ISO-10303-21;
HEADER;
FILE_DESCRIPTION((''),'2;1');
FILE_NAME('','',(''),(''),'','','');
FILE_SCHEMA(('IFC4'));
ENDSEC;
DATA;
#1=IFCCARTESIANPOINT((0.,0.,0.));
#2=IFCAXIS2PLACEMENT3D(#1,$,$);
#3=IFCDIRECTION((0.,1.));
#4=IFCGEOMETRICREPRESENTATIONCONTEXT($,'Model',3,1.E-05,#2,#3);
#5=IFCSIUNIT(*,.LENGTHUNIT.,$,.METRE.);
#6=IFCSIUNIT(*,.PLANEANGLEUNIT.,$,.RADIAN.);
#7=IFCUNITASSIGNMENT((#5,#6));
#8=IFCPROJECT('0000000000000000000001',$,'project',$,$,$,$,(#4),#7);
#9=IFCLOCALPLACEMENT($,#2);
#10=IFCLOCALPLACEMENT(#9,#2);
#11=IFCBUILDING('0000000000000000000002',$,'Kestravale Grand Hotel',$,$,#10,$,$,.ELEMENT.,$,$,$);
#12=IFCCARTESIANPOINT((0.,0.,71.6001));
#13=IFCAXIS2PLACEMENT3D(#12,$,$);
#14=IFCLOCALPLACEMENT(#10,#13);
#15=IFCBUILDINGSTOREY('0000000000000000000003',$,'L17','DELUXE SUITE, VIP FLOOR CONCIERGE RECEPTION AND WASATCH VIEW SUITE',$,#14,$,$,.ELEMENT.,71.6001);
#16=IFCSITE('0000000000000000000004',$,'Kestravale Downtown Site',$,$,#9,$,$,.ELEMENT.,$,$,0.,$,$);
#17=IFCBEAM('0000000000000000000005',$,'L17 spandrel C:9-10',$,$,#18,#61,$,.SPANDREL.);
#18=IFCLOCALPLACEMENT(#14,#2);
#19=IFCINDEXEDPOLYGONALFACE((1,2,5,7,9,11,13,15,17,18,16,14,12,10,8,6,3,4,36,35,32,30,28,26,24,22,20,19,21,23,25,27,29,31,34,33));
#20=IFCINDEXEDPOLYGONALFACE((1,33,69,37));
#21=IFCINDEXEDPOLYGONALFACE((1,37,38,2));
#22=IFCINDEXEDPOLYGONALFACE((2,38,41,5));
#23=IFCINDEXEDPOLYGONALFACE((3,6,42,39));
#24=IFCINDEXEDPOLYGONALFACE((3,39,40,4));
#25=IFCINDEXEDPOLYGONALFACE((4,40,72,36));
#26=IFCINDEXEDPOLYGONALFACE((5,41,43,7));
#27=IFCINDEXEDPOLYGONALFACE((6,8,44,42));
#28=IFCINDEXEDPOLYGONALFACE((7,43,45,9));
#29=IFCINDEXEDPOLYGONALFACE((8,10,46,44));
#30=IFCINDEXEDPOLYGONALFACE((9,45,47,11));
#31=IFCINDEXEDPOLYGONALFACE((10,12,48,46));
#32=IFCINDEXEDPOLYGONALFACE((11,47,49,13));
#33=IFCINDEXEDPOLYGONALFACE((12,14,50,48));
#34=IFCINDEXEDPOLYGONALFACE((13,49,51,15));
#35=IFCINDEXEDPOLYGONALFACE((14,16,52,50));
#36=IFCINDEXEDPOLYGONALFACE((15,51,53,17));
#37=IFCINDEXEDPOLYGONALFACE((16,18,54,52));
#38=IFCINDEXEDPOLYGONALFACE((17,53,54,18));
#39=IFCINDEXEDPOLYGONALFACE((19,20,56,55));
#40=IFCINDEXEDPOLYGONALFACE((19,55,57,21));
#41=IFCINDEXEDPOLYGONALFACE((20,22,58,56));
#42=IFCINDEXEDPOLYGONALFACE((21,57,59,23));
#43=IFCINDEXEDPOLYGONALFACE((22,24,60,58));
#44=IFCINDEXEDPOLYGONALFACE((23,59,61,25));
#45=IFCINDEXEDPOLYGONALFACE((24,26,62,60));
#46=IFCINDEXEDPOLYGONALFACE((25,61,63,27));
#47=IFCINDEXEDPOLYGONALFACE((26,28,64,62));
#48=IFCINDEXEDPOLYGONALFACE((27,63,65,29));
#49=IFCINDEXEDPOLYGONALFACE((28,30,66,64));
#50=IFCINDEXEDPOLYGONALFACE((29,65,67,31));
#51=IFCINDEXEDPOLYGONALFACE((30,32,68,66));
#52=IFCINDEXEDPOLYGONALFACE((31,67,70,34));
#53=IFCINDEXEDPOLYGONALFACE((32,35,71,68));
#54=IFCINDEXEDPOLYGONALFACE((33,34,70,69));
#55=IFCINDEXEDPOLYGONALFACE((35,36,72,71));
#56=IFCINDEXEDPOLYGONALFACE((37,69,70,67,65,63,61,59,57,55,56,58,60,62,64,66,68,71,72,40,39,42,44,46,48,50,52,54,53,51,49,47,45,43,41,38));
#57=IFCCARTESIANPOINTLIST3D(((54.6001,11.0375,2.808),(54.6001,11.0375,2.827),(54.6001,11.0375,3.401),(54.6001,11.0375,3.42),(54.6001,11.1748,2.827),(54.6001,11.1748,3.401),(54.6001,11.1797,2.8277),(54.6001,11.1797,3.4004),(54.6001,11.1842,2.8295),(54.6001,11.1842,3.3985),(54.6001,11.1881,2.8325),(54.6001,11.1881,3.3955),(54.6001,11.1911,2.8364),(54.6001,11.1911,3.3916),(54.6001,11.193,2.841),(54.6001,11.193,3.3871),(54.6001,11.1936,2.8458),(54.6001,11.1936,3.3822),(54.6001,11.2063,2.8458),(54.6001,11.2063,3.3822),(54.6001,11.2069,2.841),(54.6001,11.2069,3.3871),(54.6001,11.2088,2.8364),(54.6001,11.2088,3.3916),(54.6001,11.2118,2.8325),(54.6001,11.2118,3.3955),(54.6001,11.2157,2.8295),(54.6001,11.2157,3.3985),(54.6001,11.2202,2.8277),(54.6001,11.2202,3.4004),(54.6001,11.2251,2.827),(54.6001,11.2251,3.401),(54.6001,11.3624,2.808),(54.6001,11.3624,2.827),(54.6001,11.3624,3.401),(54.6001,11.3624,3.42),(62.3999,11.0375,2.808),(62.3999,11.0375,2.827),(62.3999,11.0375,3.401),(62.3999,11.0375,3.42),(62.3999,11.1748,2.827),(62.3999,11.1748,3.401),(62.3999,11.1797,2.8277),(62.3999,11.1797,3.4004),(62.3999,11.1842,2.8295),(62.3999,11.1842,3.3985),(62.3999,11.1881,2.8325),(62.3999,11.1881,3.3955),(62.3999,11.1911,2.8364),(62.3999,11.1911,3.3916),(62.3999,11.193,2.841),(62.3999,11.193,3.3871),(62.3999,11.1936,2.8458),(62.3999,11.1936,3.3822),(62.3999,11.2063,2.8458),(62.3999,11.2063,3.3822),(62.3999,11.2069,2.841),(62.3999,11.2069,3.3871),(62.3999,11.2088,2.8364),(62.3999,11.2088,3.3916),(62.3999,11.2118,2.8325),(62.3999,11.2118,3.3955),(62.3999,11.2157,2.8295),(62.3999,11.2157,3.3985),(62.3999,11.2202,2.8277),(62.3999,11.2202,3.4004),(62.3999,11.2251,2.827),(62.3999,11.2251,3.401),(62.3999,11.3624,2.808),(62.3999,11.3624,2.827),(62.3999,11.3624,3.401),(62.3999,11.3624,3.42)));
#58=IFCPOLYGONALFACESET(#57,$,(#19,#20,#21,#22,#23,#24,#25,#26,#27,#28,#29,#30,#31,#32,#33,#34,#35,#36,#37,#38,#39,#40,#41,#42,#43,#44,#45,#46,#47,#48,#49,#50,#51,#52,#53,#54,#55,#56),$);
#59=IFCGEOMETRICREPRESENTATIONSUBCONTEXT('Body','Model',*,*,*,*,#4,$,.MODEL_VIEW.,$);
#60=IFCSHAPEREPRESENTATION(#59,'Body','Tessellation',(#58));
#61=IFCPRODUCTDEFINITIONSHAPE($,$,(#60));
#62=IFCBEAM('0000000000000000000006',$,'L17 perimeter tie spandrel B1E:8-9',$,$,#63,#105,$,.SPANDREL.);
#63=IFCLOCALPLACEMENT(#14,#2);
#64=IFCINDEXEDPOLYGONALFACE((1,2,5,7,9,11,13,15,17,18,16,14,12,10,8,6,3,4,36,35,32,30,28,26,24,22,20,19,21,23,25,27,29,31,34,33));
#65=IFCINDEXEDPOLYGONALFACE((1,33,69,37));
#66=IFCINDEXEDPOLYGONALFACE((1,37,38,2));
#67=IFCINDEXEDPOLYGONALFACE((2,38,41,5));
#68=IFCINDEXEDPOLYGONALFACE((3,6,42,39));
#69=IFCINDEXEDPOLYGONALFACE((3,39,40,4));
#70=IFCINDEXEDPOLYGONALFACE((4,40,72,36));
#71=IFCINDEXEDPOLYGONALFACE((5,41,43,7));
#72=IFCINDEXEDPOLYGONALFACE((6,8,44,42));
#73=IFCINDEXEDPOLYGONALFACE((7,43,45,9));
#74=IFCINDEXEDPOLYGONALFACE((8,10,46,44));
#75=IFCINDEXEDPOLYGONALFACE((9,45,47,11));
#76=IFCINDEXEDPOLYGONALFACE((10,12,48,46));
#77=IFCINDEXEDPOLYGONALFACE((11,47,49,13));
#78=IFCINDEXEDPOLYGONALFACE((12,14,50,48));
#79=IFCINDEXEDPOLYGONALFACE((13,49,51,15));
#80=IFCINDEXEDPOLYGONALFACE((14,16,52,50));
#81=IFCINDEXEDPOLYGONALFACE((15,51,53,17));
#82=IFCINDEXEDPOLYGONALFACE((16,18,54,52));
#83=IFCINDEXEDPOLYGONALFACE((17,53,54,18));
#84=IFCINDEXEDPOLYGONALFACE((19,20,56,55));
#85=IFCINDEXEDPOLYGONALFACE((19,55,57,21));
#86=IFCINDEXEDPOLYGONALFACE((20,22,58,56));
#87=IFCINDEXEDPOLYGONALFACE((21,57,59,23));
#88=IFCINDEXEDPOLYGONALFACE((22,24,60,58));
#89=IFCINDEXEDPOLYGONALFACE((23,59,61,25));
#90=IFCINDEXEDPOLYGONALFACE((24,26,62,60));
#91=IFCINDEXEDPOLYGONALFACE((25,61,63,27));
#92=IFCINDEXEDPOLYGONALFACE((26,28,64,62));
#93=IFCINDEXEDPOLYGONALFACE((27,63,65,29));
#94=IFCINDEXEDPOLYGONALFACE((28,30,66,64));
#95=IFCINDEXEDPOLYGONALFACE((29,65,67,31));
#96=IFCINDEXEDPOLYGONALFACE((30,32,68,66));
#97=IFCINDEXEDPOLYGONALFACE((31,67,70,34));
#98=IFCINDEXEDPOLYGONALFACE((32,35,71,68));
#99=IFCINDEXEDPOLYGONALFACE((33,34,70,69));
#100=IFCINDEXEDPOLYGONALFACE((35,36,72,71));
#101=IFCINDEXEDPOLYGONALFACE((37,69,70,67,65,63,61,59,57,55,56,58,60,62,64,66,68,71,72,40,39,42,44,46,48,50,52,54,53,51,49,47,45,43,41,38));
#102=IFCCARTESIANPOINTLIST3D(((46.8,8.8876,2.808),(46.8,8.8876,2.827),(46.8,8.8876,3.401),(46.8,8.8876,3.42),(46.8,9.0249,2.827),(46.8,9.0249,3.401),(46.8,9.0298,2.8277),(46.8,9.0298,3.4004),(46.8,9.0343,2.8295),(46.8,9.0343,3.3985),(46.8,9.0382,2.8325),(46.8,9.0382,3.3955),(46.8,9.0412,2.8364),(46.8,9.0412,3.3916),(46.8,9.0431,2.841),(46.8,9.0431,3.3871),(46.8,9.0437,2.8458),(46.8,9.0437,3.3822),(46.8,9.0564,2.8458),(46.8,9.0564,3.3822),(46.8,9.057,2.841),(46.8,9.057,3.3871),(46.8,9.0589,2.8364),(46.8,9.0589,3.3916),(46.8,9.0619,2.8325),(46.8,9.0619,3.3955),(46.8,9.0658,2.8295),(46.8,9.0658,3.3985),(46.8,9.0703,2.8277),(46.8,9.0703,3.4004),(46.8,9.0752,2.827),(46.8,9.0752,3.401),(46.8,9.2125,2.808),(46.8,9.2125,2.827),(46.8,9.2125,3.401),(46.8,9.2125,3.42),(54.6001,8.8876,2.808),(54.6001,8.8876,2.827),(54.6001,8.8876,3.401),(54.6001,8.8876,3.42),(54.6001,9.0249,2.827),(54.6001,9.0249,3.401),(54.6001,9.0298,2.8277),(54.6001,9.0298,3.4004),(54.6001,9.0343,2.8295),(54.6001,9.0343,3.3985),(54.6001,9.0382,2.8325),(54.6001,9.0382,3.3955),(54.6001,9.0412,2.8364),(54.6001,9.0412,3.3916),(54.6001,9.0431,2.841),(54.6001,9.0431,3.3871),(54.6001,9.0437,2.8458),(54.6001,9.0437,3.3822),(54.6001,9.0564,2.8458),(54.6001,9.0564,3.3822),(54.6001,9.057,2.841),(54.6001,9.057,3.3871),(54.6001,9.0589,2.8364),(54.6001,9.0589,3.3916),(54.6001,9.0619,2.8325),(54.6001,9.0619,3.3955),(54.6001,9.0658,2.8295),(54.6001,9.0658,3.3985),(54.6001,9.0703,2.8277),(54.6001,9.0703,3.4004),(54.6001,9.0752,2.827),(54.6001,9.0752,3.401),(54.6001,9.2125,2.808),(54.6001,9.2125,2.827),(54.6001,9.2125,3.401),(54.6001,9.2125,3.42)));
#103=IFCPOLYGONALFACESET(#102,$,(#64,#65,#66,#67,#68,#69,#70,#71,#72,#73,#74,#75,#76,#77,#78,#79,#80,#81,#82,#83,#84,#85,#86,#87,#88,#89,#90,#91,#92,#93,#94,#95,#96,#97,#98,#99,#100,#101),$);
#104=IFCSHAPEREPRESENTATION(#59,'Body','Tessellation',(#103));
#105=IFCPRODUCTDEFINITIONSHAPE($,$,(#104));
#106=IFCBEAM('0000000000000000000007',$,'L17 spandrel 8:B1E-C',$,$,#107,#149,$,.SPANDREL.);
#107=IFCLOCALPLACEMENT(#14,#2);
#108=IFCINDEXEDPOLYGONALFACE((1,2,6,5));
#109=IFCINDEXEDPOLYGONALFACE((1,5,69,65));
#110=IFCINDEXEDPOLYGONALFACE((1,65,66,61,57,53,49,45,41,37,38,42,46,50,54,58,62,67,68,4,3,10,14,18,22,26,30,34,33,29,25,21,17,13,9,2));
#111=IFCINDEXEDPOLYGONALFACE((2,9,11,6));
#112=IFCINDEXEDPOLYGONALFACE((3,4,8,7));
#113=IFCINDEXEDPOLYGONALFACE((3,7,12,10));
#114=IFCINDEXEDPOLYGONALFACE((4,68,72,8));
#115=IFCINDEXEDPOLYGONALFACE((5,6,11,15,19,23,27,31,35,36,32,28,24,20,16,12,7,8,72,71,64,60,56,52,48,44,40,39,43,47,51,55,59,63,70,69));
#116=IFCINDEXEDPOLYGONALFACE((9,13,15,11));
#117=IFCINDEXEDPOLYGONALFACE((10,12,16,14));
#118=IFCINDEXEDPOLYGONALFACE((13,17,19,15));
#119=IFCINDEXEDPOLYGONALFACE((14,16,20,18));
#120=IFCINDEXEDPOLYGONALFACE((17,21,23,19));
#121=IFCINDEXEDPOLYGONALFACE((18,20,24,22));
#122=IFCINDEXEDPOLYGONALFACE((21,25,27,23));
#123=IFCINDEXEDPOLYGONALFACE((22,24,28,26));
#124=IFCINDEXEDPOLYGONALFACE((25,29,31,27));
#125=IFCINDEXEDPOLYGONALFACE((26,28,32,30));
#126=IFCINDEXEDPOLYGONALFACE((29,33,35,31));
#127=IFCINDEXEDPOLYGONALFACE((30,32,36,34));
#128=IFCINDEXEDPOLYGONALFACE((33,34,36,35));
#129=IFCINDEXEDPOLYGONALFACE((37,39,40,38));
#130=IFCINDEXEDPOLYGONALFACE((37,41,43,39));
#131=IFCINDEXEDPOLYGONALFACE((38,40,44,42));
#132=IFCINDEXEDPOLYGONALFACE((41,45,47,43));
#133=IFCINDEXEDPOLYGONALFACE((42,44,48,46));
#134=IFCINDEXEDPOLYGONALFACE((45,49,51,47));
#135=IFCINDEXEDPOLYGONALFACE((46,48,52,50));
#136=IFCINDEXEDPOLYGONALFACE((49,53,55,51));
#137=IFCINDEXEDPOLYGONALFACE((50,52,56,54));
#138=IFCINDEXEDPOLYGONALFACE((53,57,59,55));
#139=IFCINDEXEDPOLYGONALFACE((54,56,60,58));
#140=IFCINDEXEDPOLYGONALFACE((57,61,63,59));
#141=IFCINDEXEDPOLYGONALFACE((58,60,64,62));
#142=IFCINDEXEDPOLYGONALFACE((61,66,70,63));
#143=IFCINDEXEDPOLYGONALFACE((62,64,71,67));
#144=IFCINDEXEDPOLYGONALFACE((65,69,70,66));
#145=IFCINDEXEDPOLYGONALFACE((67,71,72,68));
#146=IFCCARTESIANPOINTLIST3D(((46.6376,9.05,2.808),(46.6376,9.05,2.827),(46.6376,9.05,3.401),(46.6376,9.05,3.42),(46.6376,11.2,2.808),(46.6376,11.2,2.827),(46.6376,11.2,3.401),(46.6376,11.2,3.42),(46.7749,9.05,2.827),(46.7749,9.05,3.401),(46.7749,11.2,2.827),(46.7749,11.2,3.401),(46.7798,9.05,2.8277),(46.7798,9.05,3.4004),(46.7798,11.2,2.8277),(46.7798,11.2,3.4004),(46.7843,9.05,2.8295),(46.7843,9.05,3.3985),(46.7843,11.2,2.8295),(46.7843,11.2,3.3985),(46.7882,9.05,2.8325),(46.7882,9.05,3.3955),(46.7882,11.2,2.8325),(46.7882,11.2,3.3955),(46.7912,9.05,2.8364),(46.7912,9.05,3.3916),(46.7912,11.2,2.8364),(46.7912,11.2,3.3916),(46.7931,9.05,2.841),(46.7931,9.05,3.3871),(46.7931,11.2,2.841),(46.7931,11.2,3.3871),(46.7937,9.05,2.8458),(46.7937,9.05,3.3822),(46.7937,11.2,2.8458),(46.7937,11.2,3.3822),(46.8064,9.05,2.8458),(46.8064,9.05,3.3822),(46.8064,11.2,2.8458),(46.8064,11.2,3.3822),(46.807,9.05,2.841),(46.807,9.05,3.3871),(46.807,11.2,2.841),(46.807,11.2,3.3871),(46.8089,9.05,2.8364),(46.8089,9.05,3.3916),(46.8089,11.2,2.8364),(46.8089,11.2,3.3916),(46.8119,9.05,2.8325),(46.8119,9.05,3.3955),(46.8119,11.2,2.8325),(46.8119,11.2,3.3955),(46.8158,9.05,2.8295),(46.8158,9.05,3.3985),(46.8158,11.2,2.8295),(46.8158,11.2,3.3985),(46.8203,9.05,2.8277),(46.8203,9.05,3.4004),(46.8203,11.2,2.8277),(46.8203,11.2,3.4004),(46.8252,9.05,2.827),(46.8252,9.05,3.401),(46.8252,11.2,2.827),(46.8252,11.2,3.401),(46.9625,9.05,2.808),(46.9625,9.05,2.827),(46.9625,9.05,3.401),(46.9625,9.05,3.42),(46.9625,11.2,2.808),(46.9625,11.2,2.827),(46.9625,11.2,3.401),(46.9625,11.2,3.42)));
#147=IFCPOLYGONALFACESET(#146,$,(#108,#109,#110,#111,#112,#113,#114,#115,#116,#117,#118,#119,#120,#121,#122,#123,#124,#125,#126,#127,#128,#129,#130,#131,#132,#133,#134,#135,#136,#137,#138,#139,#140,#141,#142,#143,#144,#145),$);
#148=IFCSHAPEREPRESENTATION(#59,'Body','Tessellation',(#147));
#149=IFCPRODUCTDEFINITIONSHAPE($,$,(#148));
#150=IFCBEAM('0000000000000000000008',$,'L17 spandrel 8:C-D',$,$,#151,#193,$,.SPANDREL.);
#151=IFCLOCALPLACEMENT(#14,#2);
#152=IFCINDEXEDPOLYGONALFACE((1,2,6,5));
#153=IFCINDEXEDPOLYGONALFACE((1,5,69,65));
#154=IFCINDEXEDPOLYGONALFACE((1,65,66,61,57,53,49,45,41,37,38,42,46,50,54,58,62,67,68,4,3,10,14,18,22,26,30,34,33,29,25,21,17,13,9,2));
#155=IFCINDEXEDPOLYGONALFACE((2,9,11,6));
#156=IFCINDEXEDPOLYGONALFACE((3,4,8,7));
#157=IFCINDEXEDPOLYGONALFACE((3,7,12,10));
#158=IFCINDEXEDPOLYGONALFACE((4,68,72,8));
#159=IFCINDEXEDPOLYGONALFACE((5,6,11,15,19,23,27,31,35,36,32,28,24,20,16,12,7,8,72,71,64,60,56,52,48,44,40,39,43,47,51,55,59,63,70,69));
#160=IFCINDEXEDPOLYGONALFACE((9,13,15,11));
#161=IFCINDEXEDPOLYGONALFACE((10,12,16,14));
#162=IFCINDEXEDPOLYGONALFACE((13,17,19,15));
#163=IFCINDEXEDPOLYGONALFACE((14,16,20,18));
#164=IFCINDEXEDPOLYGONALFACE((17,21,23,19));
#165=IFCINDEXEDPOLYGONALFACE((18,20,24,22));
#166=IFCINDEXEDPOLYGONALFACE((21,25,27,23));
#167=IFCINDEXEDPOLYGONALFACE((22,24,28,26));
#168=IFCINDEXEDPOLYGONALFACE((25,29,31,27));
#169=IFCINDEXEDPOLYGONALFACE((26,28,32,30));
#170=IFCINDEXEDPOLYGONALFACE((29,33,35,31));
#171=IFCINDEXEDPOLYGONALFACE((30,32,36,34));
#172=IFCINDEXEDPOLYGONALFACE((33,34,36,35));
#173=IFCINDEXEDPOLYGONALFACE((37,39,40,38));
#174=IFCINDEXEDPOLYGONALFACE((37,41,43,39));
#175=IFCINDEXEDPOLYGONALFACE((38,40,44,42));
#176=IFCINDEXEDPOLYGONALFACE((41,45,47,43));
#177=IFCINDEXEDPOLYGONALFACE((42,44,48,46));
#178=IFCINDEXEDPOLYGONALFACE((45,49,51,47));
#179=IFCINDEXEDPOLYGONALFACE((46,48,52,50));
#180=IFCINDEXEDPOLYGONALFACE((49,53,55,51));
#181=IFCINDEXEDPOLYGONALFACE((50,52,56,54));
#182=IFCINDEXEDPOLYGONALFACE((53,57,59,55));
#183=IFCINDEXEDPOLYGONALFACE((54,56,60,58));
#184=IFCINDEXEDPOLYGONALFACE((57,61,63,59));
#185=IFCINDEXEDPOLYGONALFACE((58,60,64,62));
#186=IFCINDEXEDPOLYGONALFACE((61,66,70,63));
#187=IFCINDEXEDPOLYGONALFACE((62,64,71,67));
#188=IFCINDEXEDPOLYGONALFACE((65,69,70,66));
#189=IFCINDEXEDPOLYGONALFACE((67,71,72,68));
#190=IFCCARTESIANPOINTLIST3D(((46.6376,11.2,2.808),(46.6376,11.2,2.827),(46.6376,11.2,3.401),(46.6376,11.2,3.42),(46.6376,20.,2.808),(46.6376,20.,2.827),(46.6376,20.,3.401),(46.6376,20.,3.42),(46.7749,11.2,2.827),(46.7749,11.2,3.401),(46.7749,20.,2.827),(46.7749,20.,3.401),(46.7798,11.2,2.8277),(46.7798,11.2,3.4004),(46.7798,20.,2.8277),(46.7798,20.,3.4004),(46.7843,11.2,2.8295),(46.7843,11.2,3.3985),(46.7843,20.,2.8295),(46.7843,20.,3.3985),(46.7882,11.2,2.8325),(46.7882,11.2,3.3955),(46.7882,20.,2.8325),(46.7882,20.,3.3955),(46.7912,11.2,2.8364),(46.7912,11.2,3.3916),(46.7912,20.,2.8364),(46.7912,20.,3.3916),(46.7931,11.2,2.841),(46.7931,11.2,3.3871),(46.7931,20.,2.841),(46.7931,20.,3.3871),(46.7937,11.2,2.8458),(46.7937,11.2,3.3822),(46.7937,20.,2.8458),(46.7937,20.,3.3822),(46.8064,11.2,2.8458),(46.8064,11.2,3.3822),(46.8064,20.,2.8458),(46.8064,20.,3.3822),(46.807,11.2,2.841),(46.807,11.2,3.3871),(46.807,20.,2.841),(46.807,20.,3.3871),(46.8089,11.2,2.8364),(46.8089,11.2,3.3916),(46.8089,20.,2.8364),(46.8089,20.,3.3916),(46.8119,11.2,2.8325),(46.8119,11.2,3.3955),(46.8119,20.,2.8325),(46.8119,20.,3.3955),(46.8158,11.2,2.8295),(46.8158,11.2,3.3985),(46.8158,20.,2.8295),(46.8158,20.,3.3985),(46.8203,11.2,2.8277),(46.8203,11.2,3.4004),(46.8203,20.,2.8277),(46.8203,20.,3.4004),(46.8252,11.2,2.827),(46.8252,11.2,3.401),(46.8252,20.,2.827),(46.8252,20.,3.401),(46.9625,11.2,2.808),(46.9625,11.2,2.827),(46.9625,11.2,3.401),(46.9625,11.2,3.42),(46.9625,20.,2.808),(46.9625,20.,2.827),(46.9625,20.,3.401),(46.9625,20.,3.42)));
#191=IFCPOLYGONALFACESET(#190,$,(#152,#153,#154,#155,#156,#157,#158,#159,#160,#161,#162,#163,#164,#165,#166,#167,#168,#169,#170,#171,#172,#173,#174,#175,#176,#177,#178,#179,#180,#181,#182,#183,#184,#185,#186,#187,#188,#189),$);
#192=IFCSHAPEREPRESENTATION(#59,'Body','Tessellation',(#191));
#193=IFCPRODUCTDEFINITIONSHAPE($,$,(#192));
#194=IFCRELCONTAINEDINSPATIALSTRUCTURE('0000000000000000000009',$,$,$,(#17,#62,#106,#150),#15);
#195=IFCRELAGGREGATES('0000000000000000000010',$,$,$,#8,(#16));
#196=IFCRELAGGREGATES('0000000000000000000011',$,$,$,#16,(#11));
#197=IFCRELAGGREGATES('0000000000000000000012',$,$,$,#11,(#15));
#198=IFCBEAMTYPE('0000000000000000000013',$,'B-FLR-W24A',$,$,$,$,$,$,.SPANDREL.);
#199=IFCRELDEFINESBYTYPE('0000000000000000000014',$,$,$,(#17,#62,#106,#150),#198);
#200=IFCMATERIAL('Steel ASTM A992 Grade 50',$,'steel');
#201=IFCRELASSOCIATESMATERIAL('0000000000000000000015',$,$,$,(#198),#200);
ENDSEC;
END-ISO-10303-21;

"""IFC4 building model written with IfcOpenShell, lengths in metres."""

from ifc_helpers import new_model, si_unit, direction, frame, origin, origin_2d, place, context, subcontext, project, spatial, i_section, extrude, material, material_profile, profile_set, type_object, element, save


model = new_model("IFC4")

# Units and contexts
model_context = context("Model", 3, precision=1e-05, world=origin(), true_north=direction((0.0, 1.0)))
body_context = subcontext(model_context, "Body", "Model", "MODEL_VIEW")
ifc_project = project(units=[si_unit("LENGTHUNIT", "METRE"), si_unit("PLANEANGLEUNIT", "RADIAN")], contexts=[model_context])

# Site, building, storey
site_placement = place(None, origin())
site = spatial("IfcSite", under=ifc_project, at=site_placement, Name="Kestravale Downtown Site", CompositionType="ELEMENT", RefElevation=0.0)
building_placement = place(site_placement, origin())
building = spatial("IfcBuilding", under=site, at=building_placement, Name="Kestravale Grand Hotel", CompositionType="ELEMENT")
storey_placement = place(building_placement, frame((0.0, 0.0, 71.6001)))
storey = spatial("IfcBuildingStorey", under=building, at=storey_placement, Name="L17", Description="DELUXE SUITE, VIP FLOOR CONCIERGE RECEPTION AND WASATCH VIEW SUITE", CompositionType="ELEMENT", Elevation=71.6001)

# Beams
ifc_material_1 = material(Name="Steel ASTM A992 Grade 50", Category="steel")
ifc_material_profile_1 = material_profile(ifc_material_1, i_section(OverallWidth=0.325, OverallDepth=0.6121, WebThickness=0.0127, FlangeThickness=0.019, FilletRadius=0.0188, at=origin_2d()))
ifc_profile_set_1 = profile_set([ifc_material_profile_1], Name="Steel ASTM A992 Grade 50")
beam_type_1 = type_object("IfcBeamType", Name="B-FLR-W24A", PredefinedType="SPANDREL", material=ifc_profile_set_1)
beam_1_placement = place(storey_placement, frame((54.6001, 11.2, 3.114), z_axis=(1.0, 0.0, 0.0), x_axis=(0.0, 1.0, 0.0)))
element("IfcBeam", 1, at=beam_1_placement, inside=storey, type_object=beam_type_1, Name="L17 spandrel C:9-10", PredefinedType="SPANDREL", context=body_context, shape_type="SweptSolid", body=[
    extrude(i_section(OverallWidth=0.325, OverallDepth=0.6121, WebThickness=0.0127, FlangeThickness=0.019, FilletRadius=0.0188, at=origin_2d()), origin(), (0.0, 0.0, 1.0), 7.7998),
])
beam_2_placement = place(storey_placement, frame((46.8, 9.05, 3.114), z_axis=(1.0, 0.0, 0.0), x_axis=(0.0, 1.0, 0.0)))
element("IfcBeam", 2, at=beam_2_placement, inside=storey, type_object=beam_type_1, Name="L17 perimeter tie spandrel B1E:8-9", PredefinedType="SPANDREL", context=body_context, shape_type="SweptSolid", body=[
    extrude(i_section(OverallWidth=0.325, OverallDepth=0.6121, WebThickness=0.0127, FlangeThickness=0.019, FilletRadius=0.0188, at=origin_2d()), origin(), (0.0, 0.0, 1.0), 7.8),
])
beam_3_placement = place(storey_placement, frame((46.8, 9.05, 3.114), z_axis=(0.0, 1.0, 0.0), x_axis=(-1.0, 0.0, 0.0)))
element("IfcBeam", 3, at=beam_3_placement, inside=storey, type_object=beam_type_1, Name="L17 spandrel 8:B1E-C", PredefinedType="SPANDREL", context=body_context, shape_type="SweptSolid", body=[
    extrude(i_section(OverallWidth=0.325, OverallDepth=0.6121, WebThickness=0.0127, FlangeThickness=0.019, FilletRadius=0.0188, at=origin_2d()), origin(), (0.0, 0.0, 1.0), 2.1499),
])
beam_4_placement = place(storey_placement, frame((46.8, 11.2, 3.114), z_axis=(0.0, 1.0, 0.0), x_axis=(-1.0, 0.0, 0.0)))
element("IfcBeam", 4, at=beam_4_placement, inside=storey, type_object=beam_type_1, Name="L17 spandrel 8:C-D", PredefinedType="SPANDREL", context=body_context, shape_type="SweptSolid", body=[
    extrude(i_section(OverallWidth=0.325, OverallDepth=0.6121, WebThickness=0.0127, FlangeThickness=0.019, FilletRadius=0.0188, at=origin_2d()), origin(), (0.0, 0.0, 1.0), 8.8),
])

save(model, "model.ifc")
